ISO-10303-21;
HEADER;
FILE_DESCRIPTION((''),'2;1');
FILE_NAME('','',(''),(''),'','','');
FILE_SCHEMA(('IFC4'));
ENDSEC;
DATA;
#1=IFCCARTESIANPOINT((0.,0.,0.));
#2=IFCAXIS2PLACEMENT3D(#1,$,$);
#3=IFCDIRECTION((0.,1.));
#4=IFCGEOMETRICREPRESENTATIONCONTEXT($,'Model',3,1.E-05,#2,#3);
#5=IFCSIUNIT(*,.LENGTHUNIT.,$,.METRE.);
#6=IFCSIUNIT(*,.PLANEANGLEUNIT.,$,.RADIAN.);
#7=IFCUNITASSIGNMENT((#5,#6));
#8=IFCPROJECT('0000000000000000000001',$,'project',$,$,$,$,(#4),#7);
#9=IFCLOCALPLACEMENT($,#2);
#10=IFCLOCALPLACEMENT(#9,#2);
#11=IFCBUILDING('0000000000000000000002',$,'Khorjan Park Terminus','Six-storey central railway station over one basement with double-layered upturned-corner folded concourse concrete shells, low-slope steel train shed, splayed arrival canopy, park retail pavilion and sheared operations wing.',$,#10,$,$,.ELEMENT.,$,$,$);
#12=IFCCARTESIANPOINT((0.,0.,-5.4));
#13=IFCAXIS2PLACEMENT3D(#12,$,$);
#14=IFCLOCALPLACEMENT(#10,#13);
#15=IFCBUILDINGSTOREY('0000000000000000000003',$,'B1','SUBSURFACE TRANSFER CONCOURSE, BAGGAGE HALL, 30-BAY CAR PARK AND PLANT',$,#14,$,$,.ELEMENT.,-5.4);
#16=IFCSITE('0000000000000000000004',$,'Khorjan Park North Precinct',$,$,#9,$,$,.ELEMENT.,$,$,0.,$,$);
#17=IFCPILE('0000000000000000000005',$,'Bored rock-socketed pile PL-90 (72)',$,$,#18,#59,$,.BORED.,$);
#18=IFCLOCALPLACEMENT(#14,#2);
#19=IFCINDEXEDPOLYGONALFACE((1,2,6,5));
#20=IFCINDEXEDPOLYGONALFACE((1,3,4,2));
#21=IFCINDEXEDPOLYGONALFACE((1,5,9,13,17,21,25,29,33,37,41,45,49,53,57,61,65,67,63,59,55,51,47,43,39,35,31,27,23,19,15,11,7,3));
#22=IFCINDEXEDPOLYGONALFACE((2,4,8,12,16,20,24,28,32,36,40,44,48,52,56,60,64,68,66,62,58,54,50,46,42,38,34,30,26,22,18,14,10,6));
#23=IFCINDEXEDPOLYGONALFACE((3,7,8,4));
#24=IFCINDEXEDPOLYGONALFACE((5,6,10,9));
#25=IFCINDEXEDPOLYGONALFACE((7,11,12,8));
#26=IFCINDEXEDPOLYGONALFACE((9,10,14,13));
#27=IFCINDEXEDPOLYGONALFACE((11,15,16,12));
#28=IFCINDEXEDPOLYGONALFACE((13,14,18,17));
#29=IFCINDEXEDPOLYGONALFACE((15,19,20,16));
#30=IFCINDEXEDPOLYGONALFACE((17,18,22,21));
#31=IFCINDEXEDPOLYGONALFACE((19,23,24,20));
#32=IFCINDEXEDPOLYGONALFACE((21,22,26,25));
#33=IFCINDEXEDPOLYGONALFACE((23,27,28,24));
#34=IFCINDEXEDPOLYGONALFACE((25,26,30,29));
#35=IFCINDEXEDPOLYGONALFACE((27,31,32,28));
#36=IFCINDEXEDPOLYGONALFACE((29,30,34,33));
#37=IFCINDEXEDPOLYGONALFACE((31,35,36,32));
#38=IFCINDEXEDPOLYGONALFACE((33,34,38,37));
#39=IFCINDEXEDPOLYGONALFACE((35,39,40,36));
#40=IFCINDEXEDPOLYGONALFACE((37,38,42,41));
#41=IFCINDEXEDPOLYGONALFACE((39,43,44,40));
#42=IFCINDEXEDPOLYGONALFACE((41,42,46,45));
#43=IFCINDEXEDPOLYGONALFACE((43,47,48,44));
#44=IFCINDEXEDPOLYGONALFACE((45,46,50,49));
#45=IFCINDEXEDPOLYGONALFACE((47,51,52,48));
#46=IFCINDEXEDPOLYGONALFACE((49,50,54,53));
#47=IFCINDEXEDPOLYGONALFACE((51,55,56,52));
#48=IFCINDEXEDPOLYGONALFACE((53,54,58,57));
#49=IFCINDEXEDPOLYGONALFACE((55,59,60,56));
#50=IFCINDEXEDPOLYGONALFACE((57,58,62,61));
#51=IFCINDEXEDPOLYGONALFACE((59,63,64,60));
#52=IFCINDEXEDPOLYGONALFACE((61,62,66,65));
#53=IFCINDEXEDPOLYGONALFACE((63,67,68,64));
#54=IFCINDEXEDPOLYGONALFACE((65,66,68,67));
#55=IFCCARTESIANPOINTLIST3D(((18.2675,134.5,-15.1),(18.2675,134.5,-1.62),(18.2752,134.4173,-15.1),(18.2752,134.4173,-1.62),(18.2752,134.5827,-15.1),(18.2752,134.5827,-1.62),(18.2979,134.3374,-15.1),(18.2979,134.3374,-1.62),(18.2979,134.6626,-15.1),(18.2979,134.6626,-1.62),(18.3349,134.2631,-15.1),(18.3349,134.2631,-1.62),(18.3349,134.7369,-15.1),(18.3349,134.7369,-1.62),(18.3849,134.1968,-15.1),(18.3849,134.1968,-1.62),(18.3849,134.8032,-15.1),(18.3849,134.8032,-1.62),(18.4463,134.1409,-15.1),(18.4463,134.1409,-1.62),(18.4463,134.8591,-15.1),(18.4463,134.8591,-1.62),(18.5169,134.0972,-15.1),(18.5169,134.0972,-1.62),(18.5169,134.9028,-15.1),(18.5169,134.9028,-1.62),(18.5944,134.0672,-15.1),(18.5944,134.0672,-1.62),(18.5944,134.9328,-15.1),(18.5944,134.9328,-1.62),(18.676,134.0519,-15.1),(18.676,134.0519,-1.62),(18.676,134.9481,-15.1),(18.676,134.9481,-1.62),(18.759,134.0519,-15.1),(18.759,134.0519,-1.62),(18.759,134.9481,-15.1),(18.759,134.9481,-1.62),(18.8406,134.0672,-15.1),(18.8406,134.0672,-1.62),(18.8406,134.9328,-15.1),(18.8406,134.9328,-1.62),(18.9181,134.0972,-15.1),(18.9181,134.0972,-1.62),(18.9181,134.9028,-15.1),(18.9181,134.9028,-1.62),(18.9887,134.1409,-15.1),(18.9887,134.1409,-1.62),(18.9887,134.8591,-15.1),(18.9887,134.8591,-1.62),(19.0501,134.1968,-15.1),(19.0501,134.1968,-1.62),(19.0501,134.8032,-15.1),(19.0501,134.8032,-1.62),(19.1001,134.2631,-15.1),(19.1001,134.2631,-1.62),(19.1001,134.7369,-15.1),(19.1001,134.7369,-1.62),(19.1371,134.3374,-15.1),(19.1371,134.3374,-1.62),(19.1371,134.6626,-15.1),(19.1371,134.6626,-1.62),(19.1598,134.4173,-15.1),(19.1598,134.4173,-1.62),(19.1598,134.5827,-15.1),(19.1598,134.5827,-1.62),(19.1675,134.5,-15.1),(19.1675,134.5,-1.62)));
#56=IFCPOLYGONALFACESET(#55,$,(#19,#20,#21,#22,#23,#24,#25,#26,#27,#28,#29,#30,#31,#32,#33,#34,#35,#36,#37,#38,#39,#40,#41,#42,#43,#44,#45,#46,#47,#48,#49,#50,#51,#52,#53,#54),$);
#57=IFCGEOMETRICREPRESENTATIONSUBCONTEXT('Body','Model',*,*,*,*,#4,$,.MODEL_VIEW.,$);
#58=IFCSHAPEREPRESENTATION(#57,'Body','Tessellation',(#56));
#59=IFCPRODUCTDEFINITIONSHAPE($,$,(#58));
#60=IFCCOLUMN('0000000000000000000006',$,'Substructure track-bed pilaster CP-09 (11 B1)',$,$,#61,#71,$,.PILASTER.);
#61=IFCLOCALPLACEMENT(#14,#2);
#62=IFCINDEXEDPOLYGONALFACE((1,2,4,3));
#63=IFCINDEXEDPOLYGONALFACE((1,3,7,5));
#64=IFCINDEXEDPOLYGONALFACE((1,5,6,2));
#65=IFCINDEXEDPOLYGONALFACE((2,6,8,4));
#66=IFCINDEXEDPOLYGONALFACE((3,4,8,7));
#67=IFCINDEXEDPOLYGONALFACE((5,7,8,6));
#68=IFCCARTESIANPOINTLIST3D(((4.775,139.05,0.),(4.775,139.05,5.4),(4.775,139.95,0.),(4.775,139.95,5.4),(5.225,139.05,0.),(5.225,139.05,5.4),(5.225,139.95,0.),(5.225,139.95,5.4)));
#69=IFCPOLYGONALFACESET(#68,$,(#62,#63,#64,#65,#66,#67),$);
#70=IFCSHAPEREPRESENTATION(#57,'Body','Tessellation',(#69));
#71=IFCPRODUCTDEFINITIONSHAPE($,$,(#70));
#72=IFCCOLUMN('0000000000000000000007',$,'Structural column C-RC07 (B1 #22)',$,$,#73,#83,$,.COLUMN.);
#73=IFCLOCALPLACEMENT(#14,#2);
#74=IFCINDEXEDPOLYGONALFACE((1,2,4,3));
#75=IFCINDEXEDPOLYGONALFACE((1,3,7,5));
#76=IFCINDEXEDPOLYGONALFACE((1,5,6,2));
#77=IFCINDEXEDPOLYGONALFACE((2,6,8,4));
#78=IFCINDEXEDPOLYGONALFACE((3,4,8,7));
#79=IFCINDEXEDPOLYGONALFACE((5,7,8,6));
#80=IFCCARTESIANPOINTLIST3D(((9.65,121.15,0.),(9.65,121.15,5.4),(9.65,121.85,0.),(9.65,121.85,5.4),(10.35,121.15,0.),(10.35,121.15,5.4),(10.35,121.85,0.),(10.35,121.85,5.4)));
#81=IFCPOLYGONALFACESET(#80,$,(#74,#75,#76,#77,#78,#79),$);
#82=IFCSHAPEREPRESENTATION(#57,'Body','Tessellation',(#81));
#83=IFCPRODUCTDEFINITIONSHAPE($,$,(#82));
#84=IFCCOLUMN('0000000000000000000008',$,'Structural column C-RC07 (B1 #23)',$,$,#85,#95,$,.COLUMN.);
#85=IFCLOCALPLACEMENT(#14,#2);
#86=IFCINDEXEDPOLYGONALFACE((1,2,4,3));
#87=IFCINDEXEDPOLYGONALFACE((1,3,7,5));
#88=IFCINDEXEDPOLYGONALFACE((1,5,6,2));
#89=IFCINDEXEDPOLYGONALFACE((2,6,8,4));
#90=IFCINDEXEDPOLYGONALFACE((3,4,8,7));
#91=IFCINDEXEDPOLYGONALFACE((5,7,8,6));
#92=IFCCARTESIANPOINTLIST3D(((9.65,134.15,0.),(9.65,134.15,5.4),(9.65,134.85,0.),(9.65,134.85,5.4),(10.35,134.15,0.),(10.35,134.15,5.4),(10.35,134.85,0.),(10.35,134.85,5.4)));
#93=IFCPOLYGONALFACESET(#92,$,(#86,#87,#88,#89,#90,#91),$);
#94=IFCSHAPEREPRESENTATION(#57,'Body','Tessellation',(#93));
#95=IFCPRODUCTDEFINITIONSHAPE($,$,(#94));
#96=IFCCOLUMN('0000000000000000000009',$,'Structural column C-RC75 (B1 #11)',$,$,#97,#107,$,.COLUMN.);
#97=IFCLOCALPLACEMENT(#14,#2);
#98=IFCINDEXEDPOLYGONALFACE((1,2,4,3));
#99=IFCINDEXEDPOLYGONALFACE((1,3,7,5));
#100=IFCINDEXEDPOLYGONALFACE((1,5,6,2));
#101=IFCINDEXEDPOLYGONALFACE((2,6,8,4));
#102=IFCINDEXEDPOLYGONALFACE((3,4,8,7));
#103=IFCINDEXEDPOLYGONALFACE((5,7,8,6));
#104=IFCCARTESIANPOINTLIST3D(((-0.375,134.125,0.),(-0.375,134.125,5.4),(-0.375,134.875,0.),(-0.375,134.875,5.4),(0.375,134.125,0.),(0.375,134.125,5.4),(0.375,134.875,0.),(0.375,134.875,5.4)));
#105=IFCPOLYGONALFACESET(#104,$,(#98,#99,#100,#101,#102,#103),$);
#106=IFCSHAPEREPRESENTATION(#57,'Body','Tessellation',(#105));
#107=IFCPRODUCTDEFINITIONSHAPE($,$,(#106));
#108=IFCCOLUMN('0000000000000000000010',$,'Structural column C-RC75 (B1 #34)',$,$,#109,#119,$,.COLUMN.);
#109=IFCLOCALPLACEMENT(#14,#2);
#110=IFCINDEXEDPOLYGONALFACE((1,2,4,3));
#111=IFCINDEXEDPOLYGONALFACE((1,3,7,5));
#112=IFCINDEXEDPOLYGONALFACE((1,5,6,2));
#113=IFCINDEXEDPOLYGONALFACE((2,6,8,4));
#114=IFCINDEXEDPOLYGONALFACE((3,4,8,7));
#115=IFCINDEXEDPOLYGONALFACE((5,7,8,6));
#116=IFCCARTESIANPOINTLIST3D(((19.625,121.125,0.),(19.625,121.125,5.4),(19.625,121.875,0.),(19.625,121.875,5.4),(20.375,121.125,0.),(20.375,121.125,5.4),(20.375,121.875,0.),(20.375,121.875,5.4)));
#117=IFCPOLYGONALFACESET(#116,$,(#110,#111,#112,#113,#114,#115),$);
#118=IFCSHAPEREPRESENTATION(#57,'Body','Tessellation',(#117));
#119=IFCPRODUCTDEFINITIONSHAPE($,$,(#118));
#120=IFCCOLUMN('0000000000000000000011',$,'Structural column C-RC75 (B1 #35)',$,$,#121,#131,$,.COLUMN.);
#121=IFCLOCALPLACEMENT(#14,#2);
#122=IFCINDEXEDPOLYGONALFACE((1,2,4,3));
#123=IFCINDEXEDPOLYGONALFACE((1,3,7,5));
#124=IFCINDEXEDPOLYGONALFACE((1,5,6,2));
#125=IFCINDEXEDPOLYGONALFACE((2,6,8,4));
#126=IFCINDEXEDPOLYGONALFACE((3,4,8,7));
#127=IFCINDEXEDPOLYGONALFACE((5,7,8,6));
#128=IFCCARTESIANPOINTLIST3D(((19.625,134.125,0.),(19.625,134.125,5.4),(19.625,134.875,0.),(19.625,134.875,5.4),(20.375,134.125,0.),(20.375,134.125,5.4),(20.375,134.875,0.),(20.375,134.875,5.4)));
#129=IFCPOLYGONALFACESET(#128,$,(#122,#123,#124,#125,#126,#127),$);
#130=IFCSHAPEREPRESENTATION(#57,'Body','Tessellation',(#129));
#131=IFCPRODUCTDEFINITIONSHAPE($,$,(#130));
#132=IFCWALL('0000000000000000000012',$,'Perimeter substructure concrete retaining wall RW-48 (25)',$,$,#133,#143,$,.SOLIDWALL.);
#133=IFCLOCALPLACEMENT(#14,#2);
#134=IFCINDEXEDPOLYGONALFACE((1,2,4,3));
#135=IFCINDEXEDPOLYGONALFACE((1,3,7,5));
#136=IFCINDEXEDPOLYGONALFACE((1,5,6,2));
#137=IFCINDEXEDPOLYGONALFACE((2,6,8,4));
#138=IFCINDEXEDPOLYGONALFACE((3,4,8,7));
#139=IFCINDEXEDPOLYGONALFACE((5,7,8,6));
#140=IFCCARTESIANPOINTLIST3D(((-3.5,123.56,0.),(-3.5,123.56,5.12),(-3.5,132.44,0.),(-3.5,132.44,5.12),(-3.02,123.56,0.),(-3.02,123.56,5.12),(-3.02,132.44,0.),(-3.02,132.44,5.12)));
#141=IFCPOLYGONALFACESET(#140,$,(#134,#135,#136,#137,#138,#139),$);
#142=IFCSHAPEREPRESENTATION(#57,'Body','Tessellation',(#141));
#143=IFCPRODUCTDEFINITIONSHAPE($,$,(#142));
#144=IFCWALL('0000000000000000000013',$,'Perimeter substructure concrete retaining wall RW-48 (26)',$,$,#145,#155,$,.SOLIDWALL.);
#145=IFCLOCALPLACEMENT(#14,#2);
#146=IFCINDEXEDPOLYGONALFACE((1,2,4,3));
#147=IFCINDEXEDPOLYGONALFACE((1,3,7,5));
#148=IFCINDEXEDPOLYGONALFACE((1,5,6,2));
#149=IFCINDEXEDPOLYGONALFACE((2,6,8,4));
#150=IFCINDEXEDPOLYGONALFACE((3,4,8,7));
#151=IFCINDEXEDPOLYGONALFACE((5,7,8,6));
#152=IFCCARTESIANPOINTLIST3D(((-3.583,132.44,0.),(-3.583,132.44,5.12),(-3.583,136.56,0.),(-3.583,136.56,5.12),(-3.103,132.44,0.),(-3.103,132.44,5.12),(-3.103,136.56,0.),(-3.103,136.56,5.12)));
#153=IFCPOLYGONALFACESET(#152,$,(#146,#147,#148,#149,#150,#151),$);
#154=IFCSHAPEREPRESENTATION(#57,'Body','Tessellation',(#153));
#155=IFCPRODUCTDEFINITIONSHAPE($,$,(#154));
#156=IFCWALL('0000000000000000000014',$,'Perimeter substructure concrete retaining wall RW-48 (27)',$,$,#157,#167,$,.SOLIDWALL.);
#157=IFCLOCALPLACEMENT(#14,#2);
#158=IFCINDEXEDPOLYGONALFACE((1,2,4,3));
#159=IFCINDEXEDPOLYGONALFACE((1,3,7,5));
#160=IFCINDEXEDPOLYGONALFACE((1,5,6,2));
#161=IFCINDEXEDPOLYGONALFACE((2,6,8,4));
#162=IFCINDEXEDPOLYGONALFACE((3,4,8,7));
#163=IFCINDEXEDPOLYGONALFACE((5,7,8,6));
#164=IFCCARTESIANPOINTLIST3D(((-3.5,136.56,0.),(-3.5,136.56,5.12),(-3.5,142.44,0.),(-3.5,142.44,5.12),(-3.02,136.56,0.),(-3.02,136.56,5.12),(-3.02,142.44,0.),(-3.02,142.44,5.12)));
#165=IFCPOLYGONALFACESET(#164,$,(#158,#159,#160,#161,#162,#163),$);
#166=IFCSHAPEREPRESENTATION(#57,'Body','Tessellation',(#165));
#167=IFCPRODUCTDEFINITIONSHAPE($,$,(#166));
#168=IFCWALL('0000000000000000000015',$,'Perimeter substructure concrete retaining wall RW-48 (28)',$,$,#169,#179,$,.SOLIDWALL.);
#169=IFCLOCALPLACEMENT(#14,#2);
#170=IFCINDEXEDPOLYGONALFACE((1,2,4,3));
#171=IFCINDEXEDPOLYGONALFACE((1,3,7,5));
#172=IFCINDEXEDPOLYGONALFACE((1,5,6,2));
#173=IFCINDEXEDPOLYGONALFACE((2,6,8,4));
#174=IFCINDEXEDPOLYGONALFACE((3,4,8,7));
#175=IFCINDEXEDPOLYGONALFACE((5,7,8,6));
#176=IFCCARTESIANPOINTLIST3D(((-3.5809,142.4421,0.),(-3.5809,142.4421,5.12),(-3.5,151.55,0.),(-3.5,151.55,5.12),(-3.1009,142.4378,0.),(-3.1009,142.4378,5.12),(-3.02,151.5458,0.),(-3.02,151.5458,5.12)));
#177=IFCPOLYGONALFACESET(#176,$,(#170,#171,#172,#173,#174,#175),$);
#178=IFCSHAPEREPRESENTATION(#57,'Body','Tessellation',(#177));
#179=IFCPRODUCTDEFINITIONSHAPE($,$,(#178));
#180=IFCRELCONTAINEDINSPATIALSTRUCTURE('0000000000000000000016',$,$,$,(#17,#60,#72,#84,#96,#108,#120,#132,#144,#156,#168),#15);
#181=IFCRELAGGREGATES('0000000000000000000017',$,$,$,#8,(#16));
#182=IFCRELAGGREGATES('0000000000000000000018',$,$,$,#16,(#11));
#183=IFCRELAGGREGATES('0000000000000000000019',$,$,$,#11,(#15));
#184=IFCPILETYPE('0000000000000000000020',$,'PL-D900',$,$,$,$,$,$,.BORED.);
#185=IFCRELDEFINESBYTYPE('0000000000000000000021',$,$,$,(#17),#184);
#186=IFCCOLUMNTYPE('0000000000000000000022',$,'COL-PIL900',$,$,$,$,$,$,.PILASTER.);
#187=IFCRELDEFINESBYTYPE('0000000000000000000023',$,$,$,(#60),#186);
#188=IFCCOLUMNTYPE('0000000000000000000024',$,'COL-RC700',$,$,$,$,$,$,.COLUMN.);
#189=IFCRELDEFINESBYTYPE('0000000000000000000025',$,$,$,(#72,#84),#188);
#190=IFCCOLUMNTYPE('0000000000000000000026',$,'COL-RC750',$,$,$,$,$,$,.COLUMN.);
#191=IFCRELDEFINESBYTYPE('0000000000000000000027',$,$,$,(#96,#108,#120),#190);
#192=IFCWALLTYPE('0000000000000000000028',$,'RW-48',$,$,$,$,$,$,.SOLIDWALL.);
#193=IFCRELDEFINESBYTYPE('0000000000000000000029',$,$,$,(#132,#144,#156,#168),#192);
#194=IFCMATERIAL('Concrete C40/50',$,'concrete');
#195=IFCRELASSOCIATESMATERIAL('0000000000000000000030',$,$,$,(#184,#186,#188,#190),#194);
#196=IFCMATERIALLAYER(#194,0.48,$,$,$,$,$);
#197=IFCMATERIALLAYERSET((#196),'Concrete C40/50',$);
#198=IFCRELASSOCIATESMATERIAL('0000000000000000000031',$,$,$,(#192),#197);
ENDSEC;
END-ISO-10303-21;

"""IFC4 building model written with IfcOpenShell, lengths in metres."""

from ifc_helpers import new_model, si_unit, direction, frame, frame_2d, origin, origin_2d, place, context, subcontext, project, spatial, rectangle, circle, extrude, material, layer, layer_set, material_profile, profile_set, type_object, element, save


model = new_model("IFC4")

# Units and contexts
model_context = context("Model", 3, precision=1e-05, world=origin(), true_north=direction((0.0, 1.0)))
body_context = subcontext(model_context, "Body", "Model", "MODEL_VIEW")
ifc_project = project(units=[si_unit("LENGTHUNIT", "METRE"), si_unit("PLANEANGLEUNIT", "RADIAN")], contexts=[model_context])

# Site, building, storey
site_placement = place(None, origin())
site = spatial("IfcSite", under=ifc_project, at=site_placement, Name="Khorjan Park North Precinct", CompositionType="ELEMENT", RefElevation=0.0)
building_placement = place(site_placement, origin())
building = spatial("IfcBuilding", under=site, at=building_placement, Name="Khorjan Park Terminus", Description="Six-storey central railway station over one basement with double-layered upturned-corner folded concourse concrete shells, low-slope steel train shed, splayed arrival canopy, park retail pavilion and sheared operations wing.", CompositionType="ELEMENT")
storey_placement = place(building_placement, frame((0.0, 0.0, -5.4)))
storey = spatial("IfcBuildingStorey", under=building, at=storey_placement, Name="B1", Description="SUBSURFACE TRANSFER CONCOURSE, BAGGAGE HALL, 30-BAY CAR PARK AND PLANT", CompositionType="ELEMENT", Elevation=-5.4)

# Shared definitions
ifc_material = material(Name="Concrete C40/50", Category="concrete")

# Pile
ifc_material_profile_1 = material_profile(ifc_material, circle(Radius=0.45, at=origin_2d()), Name="BORED D900")
ifc_profile_set_1 = profile_set([ifc_material_profile_1], Name="Concrete C40/50")
pile_type = type_object("IfcPileType", Name="PL-D900", PredefinedType="BORED", material=ifc_profile_set_1)
pile_1_placement = place(storey_placement, frame((18.7175, 134.5, -1.62), z_axis=(0.0, 0.0, -1.0), x_axis=(1.0, 0.0, 0.0)))
element("IfcPile", 1, at=pile_1_placement, inside=storey, type_object=pile_type, Name="Bored rock-socketed pile PL-90 (72)", PredefinedType="BORED", context=body_context, shape_type="SweptSolid", body=[
    extrude(circle(Radius=0.45, at=origin_2d()), origin(), (0.0, 0.0, 1.0), 13.48),
])

# Columns
ifc_material_profile_2 = material_profile(ifc_material, rectangle(XDim=0.45, YDim=0.9, at=origin_2d()), Name="RC 450x900")
ifc_profile_set_2 = profile_set([ifc_material_profile_2], Name="Concrete C40/50")
column_type_1 = type_object("IfcColumnType", Name="COL-PIL900", PredefinedType="PILASTER", material=ifc_profile_set_2)
column_placement = place(storey_placement, frame((5.0, 139.5, 0.0), z_axis=(0.0, 0.0, 1.0), x_axis=(1.0, 0.0, 0.0)))
element("IfcColumn", 2, at=column_placement, inside=storey, type_object=column_type_1, Name="Substructure track-bed pilaster CP-09 (11 B1)", PredefinedType="PILASTER", context=body_context, shape_type="SweptSolid", body=[
    extrude(rectangle(XDim=0.45, YDim=0.9, at=origin_2d()), origin(), (0.0, 0.0, 1.0), 5.4),
])
ifc_material_profile_3 = material_profile(ifc_material, rectangle(XDim=0.7, YDim=0.7, at=origin_2d()), Name="RC 700x700")
ifc_profile_set_3 = profile_set([ifc_material_profile_3], Name="Concrete C40/50")
column_type_2 = type_object("IfcColumnType", Name="COL-RC700", PredefinedType="COLUMN", material=ifc_profile_set_3)
for number, where, z_axis, x_axis, name in (
    (3, (10.0, 121.5, 0.0), (0.0, 0.0, 1.0), (1.0, 0.0, 0.0), "Structural column C-RC07 (B1 #22)"),
    (4, (10.0, 134.5, 0.0), (0.0, 0.0, 1.0), (1.0, 0.0, 0.0), "Structural column C-RC07 (B1 #23)"),
):
    element("IfcColumn", number, at=place(storey_placement, frame(where, z_axis=z_axis, x_axis=x_axis)), inside=storey, type_object=column_type_2, Name=name, PredefinedType="COLUMN", context=body_context, shape_type="SweptSolid", body=[
        extrude(rectangle(XDim=0.7, YDim=0.7, at=origin_2d()), origin(), (0.0, 0.0, 1.0), 5.4),
    ])
ifc_material_profile_4 = material_profile(ifc_material, rectangle(XDim=0.75, YDim=0.75, at=origin_2d()), Name="RC 750x750")
ifc_profile_set_4 = profile_set([ifc_material_profile_4], Name="Concrete C40/50")
column_type_3 = type_object("IfcColumnType", Name="COL-RC750", PredefinedType="COLUMN", material=ifc_profile_set_4)
for number, where, z_axis, x_axis, name in (
    (5, (0.0, 134.5, 0.0), (0.0, 0.0, 1.0), (1.0, 0.0, 0.0), "Structural column C-RC75 (B1 #11)"),
    (6, (20.0, 121.5, 0.0), (0.0, 0.0, 1.0), (1.0, 0.0, 0.0), "Structural column C-RC75 (B1 #34)"),
    (7, (20.0, 134.5, 0.0), (0.0, 0.0, 1.0), (1.0, 0.0, 0.0), "Structural column C-RC75 (B1 #35)"),
):
    element("IfcColumn", number, at=place(storey_placement, frame(where, z_axis=z_axis, x_axis=x_axis)), inside=storey, type_object=column_type_3, Name=name, PredefinedType="COLUMN", context=body_context, shape_type="SweptSolid", body=[
        extrude(rectangle(XDim=0.75, YDim=0.75, at=origin_2d()), origin(), (0.0, 0.0, 1.0), 5.4),
    ])

# Walls
ifc_layer = layer(ifc_material, 0.48)
ifc_layer_set = layer_set([ifc_layer], Name="Concrete C40/50")
wall_type = type_object("IfcWallType", Name="RW-48", PredefinedType="SOLIDWALL", material=ifc_layer_set)
wall_1_placement = place(storey_placement, frame((-3.26, 123.56, 0.0), z_axis=(0.0, 0.0, 1.0), x_axis=(0.0, 1.0, 0.0)))
element("IfcWall", 8, at=wall_1_placement, inside=storey, type_object=wall_type, Name="Perimeter substructure concrete retaining wall RW-48 (25)", PredefinedType="SOLIDWALL", context=body_context, shape_type="SweptSolid", body=[
    extrude(rectangle(XDim=8.88, YDim=0.48, at=frame_2d((4.44, 0.0))), origin(), (0.0, 0.0, 1.0), 5.12),
])
wall_2_placement = place(storey_placement, frame((-3.343, 132.44, 0.0), z_axis=(0.0, 0.0, 1.0), x_axis=(0.0, 1.0, 0.0)))
element("IfcWall", 9, at=wall_2_placement, inside=storey, type_object=wall_type, Name="Perimeter substructure concrete retaining wall RW-48 (26)", PredefinedType="SOLIDWALL", context=body_context, shape_type="SweptSolid", body=[
    extrude(rectangle(XDim=4.12, YDim=0.48, at=frame_2d((2.06, 0.0))), origin(), (0.0, 0.0, 1.0), 5.12),
])
wall_3_placement = place(storey_placement, frame((-3.26, 136.56, 0.0), z_axis=(0.0, 0.0, 1.0), x_axis=(0.0, 1.0, 0.0)))
element("IfcWall", 10, at=wall_3_placement, inside=storey, type_object=wall_type, Name="Perimeter substructure concrete retaining wall RW-48 (27)", PredefinedType="SOLIDWALL", context=body_context, shape_type="SweptSolid", body=[
    extrude(rectangle(XDim=5.88, YDim=0.48, at=frame_2d((2.94, 0.0))), origin(), (0.0, 0.0, 1.0), 5.12),
])
wall_4_placement = place(storey_placement, frame((-3.3409, 142.44, 0.0), z_axis=(0.0, 0.0, 1.0), x_axis=(0.008882, 0.999961, 0.0)))
element("IfcWall", 11, at=wall_4_placement, inside=storey, type_object=wall_type, Name="Perimeter substructure concrete retaining wall RW-48 (28)", PredefinedType="SOLIDWALL", context=body_context, shape_type="SweptSolid", body=[
    extrude(rectangle(XDim=9.1083, YDim=0.48, at=frame_2d((4.5541, 0.0))), origin(), (0.0, 0.0, 1.0), 5.12),
])

save(model, "model.ifc")
